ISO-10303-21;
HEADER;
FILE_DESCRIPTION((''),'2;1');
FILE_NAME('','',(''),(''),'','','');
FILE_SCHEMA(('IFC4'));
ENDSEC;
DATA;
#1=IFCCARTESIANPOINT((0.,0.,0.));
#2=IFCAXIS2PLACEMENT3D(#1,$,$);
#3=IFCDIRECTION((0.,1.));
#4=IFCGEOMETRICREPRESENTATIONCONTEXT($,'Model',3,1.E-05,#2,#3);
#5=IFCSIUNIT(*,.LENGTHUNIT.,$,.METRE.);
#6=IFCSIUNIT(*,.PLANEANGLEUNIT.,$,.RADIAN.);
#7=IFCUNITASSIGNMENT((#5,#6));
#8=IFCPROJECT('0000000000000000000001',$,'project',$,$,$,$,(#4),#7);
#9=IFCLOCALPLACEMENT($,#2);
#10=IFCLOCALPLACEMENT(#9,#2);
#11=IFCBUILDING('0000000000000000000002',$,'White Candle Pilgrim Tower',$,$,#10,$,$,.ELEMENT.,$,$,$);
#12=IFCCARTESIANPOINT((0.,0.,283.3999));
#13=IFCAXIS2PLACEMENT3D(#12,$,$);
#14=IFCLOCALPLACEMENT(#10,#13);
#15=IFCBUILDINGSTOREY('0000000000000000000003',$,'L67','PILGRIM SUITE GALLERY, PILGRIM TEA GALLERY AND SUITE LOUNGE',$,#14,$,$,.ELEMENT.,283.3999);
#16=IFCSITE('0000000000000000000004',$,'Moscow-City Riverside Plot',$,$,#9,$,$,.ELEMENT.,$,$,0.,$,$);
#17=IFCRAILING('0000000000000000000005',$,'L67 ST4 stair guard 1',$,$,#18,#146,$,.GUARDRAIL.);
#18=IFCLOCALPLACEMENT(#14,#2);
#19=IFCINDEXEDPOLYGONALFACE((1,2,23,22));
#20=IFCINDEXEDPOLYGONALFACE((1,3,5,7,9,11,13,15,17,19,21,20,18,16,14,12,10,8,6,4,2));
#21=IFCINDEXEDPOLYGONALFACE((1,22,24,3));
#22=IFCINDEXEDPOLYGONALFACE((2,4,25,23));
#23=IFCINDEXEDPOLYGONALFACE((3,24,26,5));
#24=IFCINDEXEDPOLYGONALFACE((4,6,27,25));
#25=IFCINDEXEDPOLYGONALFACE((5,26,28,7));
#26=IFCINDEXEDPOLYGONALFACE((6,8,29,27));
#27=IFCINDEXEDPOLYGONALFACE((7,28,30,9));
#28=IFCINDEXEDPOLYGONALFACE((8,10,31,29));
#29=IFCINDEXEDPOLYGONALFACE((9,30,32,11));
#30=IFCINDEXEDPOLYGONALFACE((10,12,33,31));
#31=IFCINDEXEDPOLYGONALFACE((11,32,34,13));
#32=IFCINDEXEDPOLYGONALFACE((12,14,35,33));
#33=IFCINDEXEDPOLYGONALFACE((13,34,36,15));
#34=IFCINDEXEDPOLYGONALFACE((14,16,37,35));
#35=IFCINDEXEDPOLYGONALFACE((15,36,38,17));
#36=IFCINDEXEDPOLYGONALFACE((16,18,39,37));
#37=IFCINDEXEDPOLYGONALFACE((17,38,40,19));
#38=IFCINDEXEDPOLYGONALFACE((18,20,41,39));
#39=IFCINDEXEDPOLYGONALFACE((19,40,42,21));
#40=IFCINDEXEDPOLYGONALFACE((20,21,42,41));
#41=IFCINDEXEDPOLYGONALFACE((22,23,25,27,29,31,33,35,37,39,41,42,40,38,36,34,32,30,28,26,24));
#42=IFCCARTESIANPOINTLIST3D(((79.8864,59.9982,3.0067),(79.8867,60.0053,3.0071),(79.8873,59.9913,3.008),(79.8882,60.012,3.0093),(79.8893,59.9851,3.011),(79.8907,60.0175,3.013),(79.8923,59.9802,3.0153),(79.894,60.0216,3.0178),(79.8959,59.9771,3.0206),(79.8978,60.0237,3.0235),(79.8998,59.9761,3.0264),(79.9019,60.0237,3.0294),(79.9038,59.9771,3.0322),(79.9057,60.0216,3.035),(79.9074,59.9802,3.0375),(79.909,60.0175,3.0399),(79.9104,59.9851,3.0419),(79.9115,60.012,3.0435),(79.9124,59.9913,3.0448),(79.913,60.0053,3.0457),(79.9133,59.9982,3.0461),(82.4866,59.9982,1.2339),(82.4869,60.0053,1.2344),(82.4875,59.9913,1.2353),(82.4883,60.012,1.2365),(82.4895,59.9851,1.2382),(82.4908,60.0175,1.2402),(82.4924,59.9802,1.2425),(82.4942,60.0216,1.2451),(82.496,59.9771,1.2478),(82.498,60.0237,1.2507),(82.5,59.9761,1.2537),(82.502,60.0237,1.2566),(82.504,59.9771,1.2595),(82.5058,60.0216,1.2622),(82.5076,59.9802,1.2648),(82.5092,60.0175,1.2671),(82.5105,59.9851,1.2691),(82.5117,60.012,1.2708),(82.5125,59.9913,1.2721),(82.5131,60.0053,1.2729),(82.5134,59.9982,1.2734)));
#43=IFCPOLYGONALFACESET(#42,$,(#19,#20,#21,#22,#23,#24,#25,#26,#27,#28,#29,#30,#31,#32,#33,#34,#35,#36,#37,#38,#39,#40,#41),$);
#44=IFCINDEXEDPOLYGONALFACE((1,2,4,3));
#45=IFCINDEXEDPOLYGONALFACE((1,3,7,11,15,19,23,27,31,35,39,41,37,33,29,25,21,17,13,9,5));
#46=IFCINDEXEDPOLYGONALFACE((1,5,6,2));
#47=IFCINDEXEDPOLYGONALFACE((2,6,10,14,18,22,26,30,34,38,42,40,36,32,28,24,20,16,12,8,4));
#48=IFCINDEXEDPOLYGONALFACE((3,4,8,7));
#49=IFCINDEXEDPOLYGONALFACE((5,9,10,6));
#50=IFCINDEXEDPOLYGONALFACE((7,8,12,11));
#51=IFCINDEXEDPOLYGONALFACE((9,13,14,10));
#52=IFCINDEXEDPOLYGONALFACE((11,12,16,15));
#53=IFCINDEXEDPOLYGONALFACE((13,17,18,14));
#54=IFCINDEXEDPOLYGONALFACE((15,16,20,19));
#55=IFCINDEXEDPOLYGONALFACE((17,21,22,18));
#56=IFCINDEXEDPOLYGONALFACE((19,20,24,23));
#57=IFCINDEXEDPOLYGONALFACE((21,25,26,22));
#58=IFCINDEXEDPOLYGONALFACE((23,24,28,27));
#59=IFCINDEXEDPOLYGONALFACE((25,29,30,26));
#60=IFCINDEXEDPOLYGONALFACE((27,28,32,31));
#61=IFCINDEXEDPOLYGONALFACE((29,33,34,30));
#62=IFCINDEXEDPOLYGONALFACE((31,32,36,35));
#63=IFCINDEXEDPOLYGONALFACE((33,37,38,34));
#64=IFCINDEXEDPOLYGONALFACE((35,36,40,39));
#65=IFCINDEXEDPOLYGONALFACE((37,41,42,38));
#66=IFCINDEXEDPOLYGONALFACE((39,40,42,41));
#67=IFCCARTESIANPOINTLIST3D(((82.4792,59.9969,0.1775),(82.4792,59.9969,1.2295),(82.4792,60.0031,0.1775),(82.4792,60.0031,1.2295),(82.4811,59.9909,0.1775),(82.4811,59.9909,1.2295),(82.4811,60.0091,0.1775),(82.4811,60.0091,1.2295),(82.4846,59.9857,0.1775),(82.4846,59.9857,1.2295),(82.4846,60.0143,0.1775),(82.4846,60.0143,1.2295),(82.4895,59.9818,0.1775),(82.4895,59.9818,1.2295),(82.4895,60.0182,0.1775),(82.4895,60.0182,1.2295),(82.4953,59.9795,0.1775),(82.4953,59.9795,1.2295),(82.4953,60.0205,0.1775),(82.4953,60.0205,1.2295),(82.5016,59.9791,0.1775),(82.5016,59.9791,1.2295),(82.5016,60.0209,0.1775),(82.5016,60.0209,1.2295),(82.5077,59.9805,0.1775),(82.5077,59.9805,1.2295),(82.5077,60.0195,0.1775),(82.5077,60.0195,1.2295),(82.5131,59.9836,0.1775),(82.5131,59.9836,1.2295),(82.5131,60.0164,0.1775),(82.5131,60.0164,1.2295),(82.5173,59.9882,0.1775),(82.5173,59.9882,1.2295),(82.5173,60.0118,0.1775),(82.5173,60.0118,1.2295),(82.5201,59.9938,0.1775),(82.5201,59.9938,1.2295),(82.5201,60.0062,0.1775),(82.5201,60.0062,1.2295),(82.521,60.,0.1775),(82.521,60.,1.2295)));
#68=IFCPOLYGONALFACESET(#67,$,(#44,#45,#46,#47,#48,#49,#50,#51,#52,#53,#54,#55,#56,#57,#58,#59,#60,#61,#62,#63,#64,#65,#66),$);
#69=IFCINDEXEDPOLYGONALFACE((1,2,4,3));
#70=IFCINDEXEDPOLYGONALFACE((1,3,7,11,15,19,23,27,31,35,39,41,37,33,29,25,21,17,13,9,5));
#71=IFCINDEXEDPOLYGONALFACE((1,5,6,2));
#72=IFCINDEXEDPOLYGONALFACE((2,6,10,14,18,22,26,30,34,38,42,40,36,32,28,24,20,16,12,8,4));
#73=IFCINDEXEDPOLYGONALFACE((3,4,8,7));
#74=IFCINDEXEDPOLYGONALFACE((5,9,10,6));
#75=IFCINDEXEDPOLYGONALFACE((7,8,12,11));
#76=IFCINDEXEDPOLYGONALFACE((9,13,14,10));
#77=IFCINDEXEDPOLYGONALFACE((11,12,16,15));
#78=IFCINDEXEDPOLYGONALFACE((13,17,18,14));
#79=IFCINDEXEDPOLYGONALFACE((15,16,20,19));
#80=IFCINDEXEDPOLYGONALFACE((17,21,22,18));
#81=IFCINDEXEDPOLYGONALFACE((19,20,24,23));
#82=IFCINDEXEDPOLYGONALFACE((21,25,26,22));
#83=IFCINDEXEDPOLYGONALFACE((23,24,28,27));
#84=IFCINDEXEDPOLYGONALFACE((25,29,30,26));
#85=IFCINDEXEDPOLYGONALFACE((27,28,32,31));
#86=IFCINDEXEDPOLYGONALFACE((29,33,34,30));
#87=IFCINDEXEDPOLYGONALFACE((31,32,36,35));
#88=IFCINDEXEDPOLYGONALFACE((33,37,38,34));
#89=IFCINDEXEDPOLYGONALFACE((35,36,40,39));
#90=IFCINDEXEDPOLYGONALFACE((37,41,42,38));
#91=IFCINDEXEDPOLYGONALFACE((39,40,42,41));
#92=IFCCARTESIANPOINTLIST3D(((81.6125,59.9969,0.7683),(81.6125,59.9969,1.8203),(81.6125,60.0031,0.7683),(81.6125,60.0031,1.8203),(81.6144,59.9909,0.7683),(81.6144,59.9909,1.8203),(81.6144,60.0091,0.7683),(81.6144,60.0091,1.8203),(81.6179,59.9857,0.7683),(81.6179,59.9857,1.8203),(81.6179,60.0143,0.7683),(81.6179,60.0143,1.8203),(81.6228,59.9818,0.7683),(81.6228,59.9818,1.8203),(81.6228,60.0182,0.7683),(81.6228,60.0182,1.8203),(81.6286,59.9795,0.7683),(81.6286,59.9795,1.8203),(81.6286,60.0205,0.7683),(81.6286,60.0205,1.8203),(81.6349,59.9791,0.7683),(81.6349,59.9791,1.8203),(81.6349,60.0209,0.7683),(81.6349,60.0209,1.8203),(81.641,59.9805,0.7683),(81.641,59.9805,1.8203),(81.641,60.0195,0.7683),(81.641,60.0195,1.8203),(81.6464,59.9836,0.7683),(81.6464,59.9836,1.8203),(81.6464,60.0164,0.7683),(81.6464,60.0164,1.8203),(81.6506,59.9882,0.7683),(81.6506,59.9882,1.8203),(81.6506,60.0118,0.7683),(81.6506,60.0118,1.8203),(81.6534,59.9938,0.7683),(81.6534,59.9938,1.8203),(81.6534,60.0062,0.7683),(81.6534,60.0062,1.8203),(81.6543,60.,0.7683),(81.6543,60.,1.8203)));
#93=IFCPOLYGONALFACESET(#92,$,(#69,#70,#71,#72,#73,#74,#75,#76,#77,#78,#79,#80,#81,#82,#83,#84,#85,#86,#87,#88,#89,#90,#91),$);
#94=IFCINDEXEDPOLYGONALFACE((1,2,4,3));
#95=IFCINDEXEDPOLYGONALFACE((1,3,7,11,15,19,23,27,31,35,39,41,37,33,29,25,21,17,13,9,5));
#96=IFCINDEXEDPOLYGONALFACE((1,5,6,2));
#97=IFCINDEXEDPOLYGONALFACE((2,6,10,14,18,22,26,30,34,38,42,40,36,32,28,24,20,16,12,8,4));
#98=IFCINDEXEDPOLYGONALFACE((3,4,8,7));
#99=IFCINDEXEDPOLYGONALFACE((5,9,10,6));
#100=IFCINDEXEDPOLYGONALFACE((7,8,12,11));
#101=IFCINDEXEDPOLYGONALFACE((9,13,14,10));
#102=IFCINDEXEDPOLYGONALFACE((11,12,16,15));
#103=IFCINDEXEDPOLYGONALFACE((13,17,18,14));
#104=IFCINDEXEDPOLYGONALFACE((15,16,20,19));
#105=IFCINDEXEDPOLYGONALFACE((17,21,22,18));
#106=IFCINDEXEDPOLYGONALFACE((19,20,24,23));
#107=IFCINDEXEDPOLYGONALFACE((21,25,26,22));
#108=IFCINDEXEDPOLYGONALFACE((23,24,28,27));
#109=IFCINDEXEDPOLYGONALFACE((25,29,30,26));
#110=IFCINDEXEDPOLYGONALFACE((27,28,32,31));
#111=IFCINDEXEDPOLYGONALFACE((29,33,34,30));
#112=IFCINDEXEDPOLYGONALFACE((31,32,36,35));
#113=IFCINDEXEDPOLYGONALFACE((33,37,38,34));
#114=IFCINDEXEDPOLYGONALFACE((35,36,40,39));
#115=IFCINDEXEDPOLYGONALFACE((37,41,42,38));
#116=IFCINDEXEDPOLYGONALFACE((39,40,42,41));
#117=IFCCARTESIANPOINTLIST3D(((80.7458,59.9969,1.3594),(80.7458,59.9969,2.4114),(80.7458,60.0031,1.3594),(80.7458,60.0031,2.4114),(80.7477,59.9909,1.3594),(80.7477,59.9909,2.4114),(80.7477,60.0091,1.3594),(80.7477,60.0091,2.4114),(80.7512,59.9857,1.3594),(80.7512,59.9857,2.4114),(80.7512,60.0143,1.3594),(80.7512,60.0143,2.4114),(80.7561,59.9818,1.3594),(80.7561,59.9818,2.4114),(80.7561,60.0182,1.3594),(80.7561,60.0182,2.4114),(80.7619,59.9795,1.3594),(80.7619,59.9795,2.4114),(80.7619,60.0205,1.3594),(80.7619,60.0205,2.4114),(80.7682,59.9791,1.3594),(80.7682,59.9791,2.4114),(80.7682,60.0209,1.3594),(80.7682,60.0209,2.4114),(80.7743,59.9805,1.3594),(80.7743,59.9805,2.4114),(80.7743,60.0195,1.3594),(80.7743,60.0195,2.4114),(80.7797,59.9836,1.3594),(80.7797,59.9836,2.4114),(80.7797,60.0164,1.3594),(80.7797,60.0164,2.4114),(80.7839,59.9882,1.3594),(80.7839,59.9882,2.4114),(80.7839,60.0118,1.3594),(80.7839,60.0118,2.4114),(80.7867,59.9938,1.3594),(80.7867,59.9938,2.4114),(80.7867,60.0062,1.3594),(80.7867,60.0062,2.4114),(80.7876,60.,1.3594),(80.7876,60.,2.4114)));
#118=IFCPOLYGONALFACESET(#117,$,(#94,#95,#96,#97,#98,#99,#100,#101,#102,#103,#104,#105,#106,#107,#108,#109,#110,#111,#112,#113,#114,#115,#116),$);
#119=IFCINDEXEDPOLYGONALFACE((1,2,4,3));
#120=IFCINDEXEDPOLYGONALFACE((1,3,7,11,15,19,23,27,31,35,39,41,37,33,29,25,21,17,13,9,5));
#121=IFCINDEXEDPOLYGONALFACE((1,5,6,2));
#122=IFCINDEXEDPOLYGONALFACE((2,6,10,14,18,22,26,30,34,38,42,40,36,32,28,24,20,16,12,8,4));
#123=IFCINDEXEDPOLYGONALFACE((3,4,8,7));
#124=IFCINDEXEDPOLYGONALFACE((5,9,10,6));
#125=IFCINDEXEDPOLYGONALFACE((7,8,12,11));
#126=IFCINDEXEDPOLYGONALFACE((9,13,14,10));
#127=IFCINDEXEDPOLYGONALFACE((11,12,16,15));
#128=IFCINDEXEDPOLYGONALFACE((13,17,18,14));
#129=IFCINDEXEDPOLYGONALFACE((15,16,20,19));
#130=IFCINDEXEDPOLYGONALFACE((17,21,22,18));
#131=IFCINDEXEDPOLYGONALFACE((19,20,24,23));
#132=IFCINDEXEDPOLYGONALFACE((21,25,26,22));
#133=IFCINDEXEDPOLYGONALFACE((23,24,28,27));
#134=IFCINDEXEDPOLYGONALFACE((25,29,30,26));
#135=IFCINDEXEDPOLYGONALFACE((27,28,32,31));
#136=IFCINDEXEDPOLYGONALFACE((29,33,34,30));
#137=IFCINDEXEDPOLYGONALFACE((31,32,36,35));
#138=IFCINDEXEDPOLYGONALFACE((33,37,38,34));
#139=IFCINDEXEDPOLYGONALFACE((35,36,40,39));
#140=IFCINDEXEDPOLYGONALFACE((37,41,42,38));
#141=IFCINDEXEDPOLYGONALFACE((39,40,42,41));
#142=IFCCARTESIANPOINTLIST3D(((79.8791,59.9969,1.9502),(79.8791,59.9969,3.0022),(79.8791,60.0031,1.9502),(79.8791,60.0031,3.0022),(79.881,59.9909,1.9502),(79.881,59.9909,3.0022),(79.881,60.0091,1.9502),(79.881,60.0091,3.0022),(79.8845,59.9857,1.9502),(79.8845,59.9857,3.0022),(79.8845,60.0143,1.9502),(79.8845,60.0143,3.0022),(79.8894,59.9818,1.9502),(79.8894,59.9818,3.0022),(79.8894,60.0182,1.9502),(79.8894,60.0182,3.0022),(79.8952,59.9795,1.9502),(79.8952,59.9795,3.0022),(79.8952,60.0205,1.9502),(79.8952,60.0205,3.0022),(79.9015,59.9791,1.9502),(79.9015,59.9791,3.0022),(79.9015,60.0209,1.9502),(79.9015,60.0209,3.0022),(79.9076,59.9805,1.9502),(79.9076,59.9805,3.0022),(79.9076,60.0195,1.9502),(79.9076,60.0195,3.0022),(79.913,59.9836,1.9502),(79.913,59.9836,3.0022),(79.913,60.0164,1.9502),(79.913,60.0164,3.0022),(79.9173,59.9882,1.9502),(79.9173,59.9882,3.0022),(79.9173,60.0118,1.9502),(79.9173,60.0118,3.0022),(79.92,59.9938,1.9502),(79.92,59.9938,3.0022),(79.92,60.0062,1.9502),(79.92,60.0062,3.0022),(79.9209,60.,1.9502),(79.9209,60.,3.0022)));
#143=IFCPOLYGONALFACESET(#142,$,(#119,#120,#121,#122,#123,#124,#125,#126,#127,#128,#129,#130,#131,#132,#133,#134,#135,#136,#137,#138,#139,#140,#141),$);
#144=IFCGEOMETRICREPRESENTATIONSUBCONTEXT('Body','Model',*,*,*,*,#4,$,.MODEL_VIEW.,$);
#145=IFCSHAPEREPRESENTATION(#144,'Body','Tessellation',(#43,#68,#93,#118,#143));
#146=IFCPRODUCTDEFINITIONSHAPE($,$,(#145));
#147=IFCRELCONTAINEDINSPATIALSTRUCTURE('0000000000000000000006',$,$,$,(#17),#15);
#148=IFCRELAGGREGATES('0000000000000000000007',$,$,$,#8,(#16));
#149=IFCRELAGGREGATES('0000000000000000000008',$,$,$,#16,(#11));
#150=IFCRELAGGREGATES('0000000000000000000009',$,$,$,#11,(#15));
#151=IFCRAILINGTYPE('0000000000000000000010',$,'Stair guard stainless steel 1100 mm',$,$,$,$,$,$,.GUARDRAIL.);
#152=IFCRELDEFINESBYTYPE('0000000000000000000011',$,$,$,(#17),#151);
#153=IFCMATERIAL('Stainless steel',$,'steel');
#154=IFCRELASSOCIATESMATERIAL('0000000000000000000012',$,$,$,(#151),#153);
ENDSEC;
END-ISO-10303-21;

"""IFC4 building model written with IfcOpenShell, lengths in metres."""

from ifc_helpers import new_model, si_unit, direction, frame, origin, origin_2d, place, context, subcontext, project, spatial, circle, extrude, material, type_object, element, save


model = new_model("IFC4")

# Units and contexts
model_context = context("Model", 3, precision=1e-05, world=origin(), true_north=direction((0.0, 1.0)))
body_context = subcontext(model_context, "Body", "Model", "MODEL_VIEW")
ifc_project = project(units=[si_unit("LENGTHUNIT", "METRE"), si_unit("PLANEANGLEUNIT", "RADIAN")], contexts=[model_context])

# Site, building, storey
site_placement = place(None, origin())
site = spatial("IfcSite", under=ifc_project, at=site_placement, Name="Moscow-City Riverside Plot", CompositionType="ELEMENT", RefElevation=0.0)
building_placement = place(site_placement, origin())
building = spatial("IfcBuilding", under=site, at=building_placement, Name="White Candle Pilgrim Tower", CompositionType="ELEMENT")
storey_placement = place(building_placement, frame((0.0, 0.0, 283.3999)))
storey = spatial("IfcBuildingStorey", under=building, at=storey_placement, Name="L67", Description="PILGRIM SUITE GALLERY, PILGRIM TEA GALLERY AND SUITE LOUNGE", CompositionType="ELEMENT", Elevation=283.3999)

# Railing
ifc_material_1 = material(Name="Stainless steel", Category="steel")
railing_type = type_object("IfcRailingType", Name="Stair guard stainless steel 1100 mm", PredefinedType="GUARDRAIL", material=ifc_material_1)
railing_1_placement = place(storey_placement, frame((82.5, 60.0, 0.1775)))
element("IfcRailing", 1, at=railing_1_placement, inside=storey, type_object=railing_type, Name="L67 ST4 stair guard 1", PredefinedType="GUARDRAIL", context=body_context, shape_type="SweptSolid", body=[
    extrude(circle(Radius=0.0239, at=origin_2d()), frame((0.0, 0.0, 1.0762), z_axis=(-0.82624, 0.0, 0.563318), x_axis=(0.0, -1.0, 0.0)), (0.0, 0.0, 1.0), 3.147),
    extrude(circle(Radius=0.021, at=origin_2d()), origin(), (0.0, 0.0, 1.0), 1.052),
    extrude(circle(Radius=0.021, at=origin_2d()), frame((-0.8667, 0.0, 0.5908)), (0.0, 0.0, 1.0), 1.052),
    extrude(circle(Radius=0.021, at=origin_2d()), frame((-1.7334, 0.0, 1.1819)), (0.0, 0.0, 1.0), 1.052),
    extrude(circle(Radius=0.021, at=origin_2d()), frame((-2.6001, 0.0, 1.7727)), (0.0, 0.0, 1.0), 1.052),
])

save(model, "model.ifc")
